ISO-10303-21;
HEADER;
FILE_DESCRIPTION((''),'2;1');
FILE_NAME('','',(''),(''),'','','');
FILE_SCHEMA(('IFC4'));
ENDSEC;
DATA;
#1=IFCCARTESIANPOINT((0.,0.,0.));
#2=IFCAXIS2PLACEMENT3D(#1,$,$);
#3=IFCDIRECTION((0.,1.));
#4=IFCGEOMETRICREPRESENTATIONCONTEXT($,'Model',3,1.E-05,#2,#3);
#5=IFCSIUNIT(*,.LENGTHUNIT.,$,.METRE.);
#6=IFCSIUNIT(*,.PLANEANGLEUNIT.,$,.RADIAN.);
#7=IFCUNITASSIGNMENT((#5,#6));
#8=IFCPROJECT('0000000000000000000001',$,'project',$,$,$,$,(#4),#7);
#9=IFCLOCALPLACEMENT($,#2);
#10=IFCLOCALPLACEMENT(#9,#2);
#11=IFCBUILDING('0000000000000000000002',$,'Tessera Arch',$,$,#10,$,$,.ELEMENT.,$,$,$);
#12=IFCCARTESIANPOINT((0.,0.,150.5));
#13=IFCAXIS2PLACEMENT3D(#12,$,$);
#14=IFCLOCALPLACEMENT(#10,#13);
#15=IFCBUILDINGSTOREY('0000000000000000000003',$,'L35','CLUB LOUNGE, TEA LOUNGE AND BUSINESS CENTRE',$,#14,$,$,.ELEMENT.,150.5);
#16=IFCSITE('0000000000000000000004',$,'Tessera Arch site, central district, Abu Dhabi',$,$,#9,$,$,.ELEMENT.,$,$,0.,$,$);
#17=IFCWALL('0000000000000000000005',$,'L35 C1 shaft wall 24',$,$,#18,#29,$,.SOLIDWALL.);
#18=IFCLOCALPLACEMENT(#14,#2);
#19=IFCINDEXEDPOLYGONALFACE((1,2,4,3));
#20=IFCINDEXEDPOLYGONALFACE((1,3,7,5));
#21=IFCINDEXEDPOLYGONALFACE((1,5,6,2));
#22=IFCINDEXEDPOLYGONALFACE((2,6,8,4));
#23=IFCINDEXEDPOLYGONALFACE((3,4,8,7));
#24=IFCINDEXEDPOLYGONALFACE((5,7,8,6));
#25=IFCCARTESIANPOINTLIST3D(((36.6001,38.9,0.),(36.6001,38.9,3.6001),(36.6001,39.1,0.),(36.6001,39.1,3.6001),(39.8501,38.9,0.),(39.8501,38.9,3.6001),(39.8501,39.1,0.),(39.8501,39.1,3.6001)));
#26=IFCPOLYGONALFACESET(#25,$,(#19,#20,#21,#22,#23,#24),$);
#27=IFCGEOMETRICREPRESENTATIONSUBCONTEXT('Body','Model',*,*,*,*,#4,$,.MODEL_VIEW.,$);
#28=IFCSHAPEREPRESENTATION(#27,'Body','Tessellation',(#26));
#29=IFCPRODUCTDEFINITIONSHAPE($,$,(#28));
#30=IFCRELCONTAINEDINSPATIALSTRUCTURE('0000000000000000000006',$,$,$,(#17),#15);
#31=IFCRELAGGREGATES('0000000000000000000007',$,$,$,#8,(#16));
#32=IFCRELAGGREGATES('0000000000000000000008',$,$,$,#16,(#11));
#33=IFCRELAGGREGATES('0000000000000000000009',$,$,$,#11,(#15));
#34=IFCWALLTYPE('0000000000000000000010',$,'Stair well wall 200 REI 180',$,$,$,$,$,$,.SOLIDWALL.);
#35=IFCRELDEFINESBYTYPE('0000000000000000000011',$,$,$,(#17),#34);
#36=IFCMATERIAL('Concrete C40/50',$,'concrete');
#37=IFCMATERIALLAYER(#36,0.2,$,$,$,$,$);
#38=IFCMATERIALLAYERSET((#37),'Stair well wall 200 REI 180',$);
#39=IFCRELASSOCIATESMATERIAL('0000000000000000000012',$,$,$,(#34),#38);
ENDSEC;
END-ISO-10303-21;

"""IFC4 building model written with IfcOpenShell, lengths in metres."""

from ifc_helpers import new_model, si_unit, direction, frame, frame_2d, origin, place, context, subcontext, project, spatial, rectangle, extrude, material, layer, layer_set, type_object, element, save


model = new_model("IFC4")

# Units and contexts
model_context = context("Model", 3, precision=1e-05, world=origin(), true_north=direction((0.0, 1.0)))
body_context = subcontext(model_context, "Body", "Model", "MODEL_VIEW")
ifc_project = project(units=[si_unit("LENGTHUNIT", "METRE"), si_unit("PLANEANGLEUNIT", "RADIAN")], contexts=[model_context])

# Site, building, storey
site_placement = place(None, origin())
site = spatial("IfcSite", under=ifc_project, at=site_placement, Name="Tessera Arch site, central district, Abu Dhabi", CompositionType="ELEMENT", RefElevation=0.0)
building_placement = place(site_placement, origin())
building = spatial("IfcBuilding", under=site, at=building_placement, Name="Tessera Arch", CompositionType="ELEMENT")
storey_placement = place(building_placement, frame((0.0, 0.0, 150.5)))
storey = spatial("IfcBuildingStorey", under=building, at=storey_placement, Name="L35", Description="CLUB LOUNGE, TEA LOUNGE AND BUSINESS CENTRE", CompositionType="ELEMENT", Elevation=150.5)

# Wall
ifc_material_1 = material(Name="Concrete C40/50", Category="concrete")
ifc_layer_1 = layer(ifc_material_1, 0.2)
ifc_layer_set_1 = layer_set([ifc_layer_1], Name="Stair well wall 200 REI 180")
wall_type_1 = type_object("IfcWallType", Name="Stair well wall 200 REI 180", PredefinedType="SOLIDWALL", material=ifc_layer_set_1)
wall_1_placement = place(storey_placement, frame((36.6001, 39.0, 0.0), z_axis=(0.0, 0.0, 1.0), x_axis=(1.0, 0.0, 0.0)))
element("IfcWall", 1, at=wall_1_placement, inside=storey, type_object=wall_type_1, Name="L35 C1 shaft wall 24", PredefinedType="SOLIDWALL", context=body_context, shape_type="SweptSolid", body=[
    extrude(rectangle(XDim=3.25, YDim=0.2, at=frame_2d((1.625, 0.0))), origin(), (0.0, 0.0, 1.0), 3.6001),
])

save(model, "model.ifc")
